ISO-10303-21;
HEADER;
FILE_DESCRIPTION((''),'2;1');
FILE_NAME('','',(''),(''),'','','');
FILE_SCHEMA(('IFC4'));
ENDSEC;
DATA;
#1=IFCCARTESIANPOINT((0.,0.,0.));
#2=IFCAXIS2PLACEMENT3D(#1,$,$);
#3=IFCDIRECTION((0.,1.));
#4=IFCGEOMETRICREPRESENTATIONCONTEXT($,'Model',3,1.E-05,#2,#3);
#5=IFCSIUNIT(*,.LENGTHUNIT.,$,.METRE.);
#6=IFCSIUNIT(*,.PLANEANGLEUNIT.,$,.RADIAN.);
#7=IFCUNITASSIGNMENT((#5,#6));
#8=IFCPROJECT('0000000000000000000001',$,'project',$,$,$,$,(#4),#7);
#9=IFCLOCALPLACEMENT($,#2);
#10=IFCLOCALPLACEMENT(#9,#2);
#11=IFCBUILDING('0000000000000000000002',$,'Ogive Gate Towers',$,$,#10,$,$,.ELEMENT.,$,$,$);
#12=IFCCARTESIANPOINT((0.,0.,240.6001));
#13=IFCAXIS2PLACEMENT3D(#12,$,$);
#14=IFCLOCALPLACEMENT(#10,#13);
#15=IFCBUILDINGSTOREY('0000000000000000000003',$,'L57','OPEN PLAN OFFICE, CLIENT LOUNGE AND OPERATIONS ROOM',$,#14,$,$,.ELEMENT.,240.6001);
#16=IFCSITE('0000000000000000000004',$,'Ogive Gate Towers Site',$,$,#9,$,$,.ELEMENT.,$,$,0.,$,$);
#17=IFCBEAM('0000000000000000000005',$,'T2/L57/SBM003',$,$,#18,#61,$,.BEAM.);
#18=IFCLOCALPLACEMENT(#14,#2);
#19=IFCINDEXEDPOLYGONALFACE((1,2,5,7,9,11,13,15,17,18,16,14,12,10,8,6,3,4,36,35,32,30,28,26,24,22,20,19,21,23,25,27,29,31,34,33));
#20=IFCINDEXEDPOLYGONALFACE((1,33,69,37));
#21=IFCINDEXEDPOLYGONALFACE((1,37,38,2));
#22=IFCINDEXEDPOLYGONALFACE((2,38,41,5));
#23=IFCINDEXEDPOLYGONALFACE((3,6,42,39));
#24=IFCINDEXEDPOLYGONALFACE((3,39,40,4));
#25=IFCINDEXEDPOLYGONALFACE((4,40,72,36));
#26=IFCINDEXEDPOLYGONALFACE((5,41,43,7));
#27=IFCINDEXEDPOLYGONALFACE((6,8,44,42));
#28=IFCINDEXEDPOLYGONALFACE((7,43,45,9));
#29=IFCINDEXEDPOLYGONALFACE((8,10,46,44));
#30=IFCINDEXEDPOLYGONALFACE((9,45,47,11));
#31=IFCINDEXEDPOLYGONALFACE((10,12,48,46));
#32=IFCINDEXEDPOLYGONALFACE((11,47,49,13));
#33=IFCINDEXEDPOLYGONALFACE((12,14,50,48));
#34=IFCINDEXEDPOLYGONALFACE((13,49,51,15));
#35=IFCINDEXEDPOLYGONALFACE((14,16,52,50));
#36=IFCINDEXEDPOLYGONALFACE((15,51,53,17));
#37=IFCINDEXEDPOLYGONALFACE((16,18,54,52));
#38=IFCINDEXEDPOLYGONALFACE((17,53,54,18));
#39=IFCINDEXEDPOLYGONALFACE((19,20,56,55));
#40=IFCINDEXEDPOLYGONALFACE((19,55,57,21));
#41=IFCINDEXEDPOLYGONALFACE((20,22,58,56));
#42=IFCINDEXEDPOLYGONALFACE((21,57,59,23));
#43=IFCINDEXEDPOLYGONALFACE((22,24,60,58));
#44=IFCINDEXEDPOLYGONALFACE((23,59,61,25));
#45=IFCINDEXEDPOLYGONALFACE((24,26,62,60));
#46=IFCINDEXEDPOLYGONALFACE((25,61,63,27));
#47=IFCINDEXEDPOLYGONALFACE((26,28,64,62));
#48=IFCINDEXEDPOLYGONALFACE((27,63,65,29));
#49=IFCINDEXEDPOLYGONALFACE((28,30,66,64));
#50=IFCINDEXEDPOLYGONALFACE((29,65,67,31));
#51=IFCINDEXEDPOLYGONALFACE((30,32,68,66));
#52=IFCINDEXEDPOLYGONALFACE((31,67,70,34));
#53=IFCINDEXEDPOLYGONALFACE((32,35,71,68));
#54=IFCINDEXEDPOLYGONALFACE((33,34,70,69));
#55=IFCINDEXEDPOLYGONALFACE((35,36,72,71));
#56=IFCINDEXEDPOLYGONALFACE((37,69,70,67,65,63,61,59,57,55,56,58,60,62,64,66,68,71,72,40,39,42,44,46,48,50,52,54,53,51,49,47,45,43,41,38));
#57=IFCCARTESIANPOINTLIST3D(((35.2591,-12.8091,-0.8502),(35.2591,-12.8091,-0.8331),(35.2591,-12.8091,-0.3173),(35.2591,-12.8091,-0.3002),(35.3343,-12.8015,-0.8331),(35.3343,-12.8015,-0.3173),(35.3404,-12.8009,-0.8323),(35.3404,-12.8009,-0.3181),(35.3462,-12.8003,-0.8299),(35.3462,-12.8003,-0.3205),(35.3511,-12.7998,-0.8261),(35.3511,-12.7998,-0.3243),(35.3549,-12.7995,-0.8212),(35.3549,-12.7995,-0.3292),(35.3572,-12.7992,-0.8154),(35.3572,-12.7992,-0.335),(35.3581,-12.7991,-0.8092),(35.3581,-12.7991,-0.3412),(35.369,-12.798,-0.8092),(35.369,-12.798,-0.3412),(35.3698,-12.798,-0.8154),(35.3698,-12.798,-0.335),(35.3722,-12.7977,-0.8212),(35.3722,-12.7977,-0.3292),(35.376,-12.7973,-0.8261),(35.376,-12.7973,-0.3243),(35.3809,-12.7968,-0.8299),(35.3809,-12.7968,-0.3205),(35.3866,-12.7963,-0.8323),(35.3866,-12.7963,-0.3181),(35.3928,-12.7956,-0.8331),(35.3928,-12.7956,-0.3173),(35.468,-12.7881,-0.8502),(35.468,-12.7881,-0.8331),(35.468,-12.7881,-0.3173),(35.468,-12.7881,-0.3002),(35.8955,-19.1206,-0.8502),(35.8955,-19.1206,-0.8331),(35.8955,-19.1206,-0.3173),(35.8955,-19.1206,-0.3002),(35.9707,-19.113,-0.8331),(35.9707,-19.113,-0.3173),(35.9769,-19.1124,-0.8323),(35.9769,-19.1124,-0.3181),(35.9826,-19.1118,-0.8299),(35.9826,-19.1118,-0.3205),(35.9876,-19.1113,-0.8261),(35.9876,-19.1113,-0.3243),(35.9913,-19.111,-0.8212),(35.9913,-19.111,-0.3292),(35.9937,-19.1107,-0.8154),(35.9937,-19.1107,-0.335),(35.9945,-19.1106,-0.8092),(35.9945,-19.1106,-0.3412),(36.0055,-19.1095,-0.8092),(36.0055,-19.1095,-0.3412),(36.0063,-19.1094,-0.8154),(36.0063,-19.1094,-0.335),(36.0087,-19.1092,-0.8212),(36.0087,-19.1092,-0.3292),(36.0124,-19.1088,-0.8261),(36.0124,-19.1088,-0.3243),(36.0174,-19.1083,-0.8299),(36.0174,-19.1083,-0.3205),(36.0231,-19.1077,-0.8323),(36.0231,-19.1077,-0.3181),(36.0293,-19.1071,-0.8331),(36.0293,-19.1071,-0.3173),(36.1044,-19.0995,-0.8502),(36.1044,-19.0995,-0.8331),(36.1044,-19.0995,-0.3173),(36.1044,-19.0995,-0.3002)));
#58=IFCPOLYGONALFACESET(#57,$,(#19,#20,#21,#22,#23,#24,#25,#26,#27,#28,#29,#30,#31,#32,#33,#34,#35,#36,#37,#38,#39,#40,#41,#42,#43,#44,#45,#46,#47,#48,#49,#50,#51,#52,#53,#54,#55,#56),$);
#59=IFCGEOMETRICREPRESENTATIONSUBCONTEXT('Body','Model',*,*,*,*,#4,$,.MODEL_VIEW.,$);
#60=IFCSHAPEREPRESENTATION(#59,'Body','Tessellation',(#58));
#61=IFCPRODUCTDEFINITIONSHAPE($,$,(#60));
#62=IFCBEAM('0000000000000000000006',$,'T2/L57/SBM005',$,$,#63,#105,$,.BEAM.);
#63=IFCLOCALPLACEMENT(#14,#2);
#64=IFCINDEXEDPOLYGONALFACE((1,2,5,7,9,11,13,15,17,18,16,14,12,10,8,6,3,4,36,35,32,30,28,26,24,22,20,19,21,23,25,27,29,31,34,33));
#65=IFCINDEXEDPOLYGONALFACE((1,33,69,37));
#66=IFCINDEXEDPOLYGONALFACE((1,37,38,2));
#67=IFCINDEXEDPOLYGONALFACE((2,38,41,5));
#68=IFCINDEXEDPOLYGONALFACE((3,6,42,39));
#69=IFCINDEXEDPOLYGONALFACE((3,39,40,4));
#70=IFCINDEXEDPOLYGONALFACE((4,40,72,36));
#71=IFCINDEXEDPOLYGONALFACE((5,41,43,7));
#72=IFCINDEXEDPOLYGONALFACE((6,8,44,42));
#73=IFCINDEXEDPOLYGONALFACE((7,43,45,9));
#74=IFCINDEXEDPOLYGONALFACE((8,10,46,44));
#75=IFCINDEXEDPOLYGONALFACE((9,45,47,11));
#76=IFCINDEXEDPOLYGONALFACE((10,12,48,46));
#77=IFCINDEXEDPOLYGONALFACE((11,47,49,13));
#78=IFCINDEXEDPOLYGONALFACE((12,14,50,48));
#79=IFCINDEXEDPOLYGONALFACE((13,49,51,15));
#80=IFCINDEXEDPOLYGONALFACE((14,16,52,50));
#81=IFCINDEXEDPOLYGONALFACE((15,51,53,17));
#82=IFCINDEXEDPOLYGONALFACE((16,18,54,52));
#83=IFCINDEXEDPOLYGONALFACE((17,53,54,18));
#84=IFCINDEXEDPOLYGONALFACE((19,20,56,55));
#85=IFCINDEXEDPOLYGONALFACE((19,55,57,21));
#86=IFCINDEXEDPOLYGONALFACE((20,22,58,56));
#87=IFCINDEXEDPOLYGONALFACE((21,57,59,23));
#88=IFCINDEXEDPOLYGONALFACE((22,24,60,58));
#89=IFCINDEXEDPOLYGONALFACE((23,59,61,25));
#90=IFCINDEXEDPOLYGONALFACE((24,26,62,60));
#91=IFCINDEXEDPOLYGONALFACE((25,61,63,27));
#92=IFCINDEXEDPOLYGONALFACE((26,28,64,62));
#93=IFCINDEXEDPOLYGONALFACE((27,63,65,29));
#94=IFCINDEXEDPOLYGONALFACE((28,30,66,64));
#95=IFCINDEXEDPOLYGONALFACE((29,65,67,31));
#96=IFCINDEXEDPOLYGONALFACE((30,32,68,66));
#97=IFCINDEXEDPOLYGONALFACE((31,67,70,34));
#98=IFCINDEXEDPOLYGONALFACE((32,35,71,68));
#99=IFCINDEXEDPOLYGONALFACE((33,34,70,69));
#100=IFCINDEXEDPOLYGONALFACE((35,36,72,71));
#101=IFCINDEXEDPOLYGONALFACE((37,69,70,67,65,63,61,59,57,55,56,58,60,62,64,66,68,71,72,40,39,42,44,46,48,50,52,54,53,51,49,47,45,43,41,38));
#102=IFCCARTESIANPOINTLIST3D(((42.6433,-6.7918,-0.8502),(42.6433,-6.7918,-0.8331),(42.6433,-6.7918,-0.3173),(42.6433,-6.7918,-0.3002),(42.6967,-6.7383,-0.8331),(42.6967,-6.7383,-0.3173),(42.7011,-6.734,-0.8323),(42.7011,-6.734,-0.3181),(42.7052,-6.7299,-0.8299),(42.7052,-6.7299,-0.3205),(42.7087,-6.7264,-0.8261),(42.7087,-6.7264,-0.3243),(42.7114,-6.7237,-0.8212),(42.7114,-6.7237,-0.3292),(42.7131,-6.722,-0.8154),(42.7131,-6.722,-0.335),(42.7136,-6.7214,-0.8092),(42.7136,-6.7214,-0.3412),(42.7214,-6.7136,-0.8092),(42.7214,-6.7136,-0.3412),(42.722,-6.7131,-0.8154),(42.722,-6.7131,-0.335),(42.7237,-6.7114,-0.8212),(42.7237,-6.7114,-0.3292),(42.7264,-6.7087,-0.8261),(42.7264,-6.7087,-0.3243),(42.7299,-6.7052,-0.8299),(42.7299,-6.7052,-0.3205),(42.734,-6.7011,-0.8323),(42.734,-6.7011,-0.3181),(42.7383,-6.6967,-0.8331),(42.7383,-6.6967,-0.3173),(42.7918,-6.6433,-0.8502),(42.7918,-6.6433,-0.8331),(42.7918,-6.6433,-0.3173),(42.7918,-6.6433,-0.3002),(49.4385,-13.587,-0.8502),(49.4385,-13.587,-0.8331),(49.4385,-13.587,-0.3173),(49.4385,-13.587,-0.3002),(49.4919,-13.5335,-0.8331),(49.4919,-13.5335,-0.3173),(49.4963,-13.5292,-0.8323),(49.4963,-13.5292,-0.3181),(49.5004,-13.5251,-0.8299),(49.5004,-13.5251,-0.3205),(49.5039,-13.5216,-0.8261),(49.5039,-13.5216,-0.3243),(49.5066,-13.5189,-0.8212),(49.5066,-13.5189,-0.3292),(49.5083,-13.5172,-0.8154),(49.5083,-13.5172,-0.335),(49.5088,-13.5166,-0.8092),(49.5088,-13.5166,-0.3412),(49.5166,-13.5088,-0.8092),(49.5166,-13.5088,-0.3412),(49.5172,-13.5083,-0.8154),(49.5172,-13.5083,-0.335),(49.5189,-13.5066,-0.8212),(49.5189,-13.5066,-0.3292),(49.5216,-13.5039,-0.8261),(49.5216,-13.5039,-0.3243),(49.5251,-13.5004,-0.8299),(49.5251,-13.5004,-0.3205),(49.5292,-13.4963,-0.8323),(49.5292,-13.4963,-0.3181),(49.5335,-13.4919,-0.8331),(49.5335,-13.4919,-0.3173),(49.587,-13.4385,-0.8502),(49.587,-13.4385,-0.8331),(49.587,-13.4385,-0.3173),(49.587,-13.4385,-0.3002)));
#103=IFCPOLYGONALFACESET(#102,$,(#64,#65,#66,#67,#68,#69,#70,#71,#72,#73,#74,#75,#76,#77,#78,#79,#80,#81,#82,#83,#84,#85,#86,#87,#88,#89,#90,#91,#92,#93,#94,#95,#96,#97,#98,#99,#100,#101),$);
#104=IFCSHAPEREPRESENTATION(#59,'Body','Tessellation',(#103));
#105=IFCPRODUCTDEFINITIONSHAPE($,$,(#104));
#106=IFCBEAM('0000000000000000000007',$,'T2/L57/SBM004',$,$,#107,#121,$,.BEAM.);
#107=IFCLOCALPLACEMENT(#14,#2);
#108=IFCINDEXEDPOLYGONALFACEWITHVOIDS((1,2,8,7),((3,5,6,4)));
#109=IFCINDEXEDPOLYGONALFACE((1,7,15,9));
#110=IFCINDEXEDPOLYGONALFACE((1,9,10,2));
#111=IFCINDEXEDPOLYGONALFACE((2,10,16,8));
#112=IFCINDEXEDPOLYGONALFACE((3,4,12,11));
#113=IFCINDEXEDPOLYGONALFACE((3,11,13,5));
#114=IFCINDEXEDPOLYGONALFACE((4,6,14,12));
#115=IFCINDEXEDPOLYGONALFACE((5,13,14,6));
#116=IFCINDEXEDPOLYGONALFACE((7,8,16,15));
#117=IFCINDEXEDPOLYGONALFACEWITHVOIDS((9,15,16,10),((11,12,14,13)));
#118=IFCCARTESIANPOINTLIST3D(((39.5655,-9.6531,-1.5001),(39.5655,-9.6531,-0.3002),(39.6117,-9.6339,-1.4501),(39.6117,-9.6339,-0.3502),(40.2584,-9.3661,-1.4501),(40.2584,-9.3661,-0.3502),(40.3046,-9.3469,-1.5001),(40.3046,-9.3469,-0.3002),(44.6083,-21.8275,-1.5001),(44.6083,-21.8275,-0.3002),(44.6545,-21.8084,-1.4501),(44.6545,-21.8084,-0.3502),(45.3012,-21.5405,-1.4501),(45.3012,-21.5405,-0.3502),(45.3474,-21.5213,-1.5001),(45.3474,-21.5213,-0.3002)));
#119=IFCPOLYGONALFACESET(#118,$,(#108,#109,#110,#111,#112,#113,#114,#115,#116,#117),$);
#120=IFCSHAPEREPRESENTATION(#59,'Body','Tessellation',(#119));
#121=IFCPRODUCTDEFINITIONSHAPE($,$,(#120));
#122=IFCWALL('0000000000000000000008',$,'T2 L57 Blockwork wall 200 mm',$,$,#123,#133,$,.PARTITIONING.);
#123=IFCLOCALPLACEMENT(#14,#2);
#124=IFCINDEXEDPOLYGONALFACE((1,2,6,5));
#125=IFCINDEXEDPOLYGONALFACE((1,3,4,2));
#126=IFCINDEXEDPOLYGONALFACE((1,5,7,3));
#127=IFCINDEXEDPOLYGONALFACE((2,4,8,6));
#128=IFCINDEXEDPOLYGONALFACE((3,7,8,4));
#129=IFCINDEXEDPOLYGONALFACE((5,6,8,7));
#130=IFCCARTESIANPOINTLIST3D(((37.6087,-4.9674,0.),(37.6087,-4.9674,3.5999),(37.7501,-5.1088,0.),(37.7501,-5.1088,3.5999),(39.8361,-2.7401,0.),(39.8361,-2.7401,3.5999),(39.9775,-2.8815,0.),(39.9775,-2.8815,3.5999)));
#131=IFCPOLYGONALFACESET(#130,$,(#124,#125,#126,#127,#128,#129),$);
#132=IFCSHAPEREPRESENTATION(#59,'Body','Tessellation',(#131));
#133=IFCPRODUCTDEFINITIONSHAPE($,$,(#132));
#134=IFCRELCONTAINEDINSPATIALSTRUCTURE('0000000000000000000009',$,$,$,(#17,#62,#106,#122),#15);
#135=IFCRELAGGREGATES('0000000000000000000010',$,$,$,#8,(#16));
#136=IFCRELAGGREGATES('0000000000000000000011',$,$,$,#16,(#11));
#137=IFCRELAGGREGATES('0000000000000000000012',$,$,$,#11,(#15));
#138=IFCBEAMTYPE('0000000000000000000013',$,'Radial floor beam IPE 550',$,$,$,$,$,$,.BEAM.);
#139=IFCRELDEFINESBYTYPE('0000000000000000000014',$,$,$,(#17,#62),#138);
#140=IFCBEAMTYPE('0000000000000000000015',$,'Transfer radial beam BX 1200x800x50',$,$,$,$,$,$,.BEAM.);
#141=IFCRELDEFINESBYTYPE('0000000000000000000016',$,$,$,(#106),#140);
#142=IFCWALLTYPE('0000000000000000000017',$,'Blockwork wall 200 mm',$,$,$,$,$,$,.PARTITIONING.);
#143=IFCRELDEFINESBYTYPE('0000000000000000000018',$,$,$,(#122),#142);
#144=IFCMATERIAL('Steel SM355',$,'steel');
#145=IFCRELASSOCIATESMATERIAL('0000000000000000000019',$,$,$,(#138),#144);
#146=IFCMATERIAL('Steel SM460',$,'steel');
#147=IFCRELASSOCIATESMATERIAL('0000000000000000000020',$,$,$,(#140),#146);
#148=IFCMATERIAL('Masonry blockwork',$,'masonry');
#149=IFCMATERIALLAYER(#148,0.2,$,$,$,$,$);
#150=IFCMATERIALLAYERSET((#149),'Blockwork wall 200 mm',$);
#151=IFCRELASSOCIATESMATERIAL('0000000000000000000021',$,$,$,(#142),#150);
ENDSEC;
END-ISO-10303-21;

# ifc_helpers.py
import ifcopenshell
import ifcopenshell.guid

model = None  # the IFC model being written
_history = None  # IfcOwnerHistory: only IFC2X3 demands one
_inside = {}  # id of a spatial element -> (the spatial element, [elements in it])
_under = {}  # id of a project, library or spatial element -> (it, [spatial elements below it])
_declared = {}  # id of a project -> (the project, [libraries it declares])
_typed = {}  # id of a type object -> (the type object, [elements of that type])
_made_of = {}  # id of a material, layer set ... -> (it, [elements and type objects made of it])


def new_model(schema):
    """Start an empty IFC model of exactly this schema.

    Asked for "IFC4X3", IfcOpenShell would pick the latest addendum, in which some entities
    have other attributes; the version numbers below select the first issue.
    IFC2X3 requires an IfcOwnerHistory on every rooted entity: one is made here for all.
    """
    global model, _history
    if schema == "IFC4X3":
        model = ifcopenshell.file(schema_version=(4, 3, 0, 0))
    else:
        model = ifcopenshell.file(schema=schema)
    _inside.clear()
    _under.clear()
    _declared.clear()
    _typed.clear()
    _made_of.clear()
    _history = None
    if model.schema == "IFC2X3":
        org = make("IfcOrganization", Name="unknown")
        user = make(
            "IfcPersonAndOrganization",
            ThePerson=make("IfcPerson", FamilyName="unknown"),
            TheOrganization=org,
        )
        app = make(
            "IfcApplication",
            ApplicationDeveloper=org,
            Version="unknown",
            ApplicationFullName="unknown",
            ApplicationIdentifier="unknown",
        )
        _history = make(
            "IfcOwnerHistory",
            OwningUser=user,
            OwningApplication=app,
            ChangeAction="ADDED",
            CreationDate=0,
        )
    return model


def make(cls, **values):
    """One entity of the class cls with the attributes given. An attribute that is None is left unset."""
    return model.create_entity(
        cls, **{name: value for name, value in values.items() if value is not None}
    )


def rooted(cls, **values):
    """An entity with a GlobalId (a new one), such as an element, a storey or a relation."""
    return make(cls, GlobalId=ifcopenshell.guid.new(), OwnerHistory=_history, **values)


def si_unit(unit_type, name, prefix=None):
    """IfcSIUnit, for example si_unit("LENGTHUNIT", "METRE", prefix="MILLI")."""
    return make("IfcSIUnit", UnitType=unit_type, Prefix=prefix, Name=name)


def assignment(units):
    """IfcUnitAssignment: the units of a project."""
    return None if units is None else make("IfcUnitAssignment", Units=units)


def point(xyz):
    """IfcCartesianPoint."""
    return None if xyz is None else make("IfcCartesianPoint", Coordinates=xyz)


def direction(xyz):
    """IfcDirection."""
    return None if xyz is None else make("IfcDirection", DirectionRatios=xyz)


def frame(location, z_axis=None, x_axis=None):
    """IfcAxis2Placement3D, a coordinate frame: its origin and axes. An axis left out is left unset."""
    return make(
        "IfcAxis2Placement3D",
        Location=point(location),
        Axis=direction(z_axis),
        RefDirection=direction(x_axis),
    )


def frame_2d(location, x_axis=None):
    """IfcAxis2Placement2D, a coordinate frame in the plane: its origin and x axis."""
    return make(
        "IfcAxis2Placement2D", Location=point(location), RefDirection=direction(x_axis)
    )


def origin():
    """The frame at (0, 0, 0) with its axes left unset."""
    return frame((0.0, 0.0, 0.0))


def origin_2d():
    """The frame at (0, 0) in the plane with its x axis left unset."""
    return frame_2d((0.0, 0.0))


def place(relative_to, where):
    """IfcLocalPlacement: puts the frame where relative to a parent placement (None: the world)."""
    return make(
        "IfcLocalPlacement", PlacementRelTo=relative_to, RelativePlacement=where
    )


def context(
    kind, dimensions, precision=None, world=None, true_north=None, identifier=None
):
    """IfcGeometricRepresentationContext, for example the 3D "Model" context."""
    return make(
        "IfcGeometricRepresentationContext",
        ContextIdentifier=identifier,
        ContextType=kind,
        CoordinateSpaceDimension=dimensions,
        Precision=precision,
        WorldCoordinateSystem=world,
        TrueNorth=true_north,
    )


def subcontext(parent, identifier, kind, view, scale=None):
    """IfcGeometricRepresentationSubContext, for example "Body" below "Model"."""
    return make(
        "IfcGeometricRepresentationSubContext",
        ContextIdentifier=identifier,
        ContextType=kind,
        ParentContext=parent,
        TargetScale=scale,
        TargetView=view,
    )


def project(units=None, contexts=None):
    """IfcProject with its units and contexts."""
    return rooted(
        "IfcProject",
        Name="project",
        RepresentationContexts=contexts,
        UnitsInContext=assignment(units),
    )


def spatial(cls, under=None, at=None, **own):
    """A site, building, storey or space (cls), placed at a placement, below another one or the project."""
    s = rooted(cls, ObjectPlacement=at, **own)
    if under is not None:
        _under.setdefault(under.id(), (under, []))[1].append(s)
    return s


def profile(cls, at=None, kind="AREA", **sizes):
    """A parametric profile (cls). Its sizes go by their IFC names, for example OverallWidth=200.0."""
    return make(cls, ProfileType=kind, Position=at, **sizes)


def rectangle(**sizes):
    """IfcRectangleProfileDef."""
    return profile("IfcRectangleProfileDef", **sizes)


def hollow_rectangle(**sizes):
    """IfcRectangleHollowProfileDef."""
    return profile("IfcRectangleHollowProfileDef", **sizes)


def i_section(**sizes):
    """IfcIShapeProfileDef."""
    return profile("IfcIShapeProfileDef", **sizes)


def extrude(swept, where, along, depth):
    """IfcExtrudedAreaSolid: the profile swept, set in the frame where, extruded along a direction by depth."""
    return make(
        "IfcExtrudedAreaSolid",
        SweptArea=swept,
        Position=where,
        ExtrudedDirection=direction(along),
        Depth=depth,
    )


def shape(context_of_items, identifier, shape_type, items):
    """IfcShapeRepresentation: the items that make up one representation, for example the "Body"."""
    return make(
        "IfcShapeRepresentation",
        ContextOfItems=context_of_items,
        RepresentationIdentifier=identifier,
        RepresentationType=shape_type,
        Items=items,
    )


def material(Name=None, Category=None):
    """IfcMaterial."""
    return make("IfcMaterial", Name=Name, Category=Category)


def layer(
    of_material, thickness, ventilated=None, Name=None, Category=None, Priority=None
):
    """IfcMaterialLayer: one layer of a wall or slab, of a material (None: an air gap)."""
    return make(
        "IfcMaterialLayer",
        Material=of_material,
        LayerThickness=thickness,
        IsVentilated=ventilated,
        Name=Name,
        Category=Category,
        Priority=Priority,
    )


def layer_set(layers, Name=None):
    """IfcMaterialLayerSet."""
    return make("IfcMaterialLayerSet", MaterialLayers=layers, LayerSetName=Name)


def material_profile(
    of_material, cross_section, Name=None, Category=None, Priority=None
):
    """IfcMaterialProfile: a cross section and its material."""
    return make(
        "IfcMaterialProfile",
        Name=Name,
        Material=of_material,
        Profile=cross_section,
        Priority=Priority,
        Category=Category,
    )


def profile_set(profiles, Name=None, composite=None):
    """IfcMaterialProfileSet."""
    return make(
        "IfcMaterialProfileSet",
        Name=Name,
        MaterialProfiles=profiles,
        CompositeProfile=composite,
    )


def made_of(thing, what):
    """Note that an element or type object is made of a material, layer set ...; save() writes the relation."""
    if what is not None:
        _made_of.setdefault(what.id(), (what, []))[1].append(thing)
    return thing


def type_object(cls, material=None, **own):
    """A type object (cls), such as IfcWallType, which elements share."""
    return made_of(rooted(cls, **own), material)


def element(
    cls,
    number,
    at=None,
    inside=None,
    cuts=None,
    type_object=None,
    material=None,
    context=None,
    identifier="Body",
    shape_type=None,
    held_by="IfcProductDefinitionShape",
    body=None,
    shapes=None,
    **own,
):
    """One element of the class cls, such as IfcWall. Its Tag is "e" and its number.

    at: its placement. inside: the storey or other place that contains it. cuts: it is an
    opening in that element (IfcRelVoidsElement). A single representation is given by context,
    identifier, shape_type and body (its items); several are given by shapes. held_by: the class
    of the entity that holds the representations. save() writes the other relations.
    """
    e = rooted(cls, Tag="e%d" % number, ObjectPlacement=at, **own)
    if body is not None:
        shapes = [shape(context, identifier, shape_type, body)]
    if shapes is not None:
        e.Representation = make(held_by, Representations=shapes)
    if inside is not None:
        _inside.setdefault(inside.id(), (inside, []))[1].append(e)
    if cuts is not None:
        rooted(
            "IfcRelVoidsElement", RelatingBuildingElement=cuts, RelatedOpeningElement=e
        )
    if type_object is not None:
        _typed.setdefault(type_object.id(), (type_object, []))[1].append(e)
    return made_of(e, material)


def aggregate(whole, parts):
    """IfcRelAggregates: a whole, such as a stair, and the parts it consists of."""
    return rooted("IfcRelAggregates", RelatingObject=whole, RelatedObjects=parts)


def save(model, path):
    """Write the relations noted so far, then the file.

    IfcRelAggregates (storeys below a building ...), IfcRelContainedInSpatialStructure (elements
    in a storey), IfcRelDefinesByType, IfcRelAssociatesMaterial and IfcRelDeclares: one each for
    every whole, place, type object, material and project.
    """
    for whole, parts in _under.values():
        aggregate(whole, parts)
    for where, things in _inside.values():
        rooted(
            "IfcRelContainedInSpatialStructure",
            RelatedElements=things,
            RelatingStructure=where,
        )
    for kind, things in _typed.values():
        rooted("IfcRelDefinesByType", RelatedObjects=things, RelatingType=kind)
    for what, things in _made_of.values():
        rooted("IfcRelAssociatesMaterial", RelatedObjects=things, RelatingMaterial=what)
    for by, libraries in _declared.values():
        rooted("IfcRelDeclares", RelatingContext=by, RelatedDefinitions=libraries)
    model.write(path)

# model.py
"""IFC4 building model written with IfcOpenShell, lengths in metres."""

from ifc_helpers import new_model, si_unit, direction, frame, frame_2d, origin, origin_2d, place, context, subcontext, project, spatial, rectangle, hollow_rectangle, i_section, extrude, material, layer, layer_set, material_profile, profile_set, type_object, element, save


model = new_model("IFC4")

# Units and contexts
model_context = context("Model", 3, precision=1e-05, world=origin(), true_north=direction((0.0, 1.0)))
body_context = subcontext(model_context, "Body", "Model", "MODEL_VIEW")
ifc_project = project(units=[si_unit("LENGTHUNIT", "METRE"), si_unit("PLANEANGLEUNIT", "RADIAN")], contexts=[model_context])

# Site, building, storey
site_placement = place(None, origin())
site = spatial("IfcSite", under=ifc_project, at=site_placement, Name="Ogive Gate Towers Site", CompositionType="ELEMENT", RefElevation=0.0)
building_placement = place(site_placement, origin())
building = spatial("IfcBuilding", under=site, at=building_placement, Name="Ogive Gate Towers", CompositionType="ELEMENT")
storey_placement = place(building_placement, frame((0.0, 0.0, 240.6001)))
storey = spatial("IfcBuildingStorey", under=building, at=storey_placement, Name="L57", Description="OPEN PLAN OFFICE, CLIENT LOUNGE AND OPERATIONS ROOM", CompositionType="ELEMENT", Elevation=240.6001)

# Beams
ifc_material_1 = material(Name="Steel SM355", Category="steel")
ifc_material_profile_1 = material_profile(ifc_material_1, i_section(OverallWidth=0.21, OverallDepth=0.55, WebThickness=0.011, FlangeThickness=0.0171, FilletRadius=0.0239, at=origin_2d()), Name="IPE 550")
ifc_profile_set_1 = profile_set([ifc_material_profile_1], Name="Steel SM355")
beam_type_1 = type_object("IfcBeamType", Name="Radial floor beam IPE 550", PredefinedType="BEAM", material=ifc_profile_set_1)
beam_1_placement = place(storey_placement, frame((35.3635, -12.7986, -0.5752), z_axis=(0.100334, -0.994954, 0.0), x_axis=(0.994954, 0.100334, 0.0)))
element("IfcBeam", 1, at=beam_1_placement, inside=storey, type_object=beam_type_1, Name="T2/L57/SBM003", PredefinedType="BEAM", context=body_context, shape_type="SweptSolid", body=[
    extrude(i_section(OverallWidth=0.21, OverallDepth=0.55, WebThickness=0.011, FlangeThickness=0.0171, FilletRadius=0.0239, at=origin_2d()), origin(), (0.0, 0.0, 1.0), 6.3435),
])
beam_2_placement = place(storey_placement, frame((42.7175, -6.7175, -0.5752), z_axis=(0.707107, -0.707107, 0.0), x_axis=(0.707107, 0.707107, 0.0)))
element("IfcBeam", 2, at=beam_2_placement, inside=storey, type_object=beam_type_1, Name="T2/L57/SBM005", PredefinedType="BEAM", context=body_context, shape_type="SweptSolid", body=[
    extrude(i_section(OverallWidth=0.21, OverallDepth=0.55, WebThickness=0.011, FlangeThickness=0.0171, FilletRadius=0.0239, at=origin_2d()), origin(), (0.0, 0.0, 1.0), 9.6099),
])
ifc_material_2 = material(Name="Steel SM460", Category="steel")
ifc_material_profile_2 = material_profile(ifc_material_2, hollow_rectangle(XDim=0.8, YDim=1.2, WallThickness=0.05, at=origin_2d()), Name="BX 1200x800x50")
ifc_profile_set_2 = profile_set([ifc_material_profile_2], Name="Steel SM460")
beam_type_2 = type_object("IfcBeamType", Name="Transfer radial beam BX 1200x800x50", PredefinedType="BEAM", material=ifc_profile_set_2)
beam_3_placement = place(storey_placement, frame((39.9351, -9.5, -0.9001), z_axis=(0.382681, -0.923881, 0.0), x_axis=(0.923881, 0.382681, 0.0)))
element("IfcBeam", 3, at=beam_3_placement, inside=storey, type_object=beam_type_2, Name="T2/L57/SBM004", PredefinedType="BEAM", context=body_context, shape_type="SweptSolid", body=[
    extrude(hollow_rectangle(XDim=0.8, YDim=1.2, WallThickness=0.05, at=origin_2d()), origin(), (0.0, 0.0, 1.0), 13.1775),
])

# Wall
ifc_material_3 = material(Name="Masonry blockwork", Category="masonry")
ifc_layer_1 = layer(ifc_material_3, 0.2)
ifc_layer_set_1 = layer_set([ifc_layer_1], Name="Blockwork wall 200 mm")
wall_type_1 = type_object("IfcWallType", Name="Blockwork wall 200 mm", PredefinedType="PARTITIONING", material=ifc_layer_set_1)
wall_1_placement = place(storey_placement, frame((37.6794, -5.0381, 0.0), z_axis=(0.0, 0.0, 1.0), x_axis=(0.707107, 0.707107, 0.0)))
element("IfcWall", 4, at=wall_1_placement, inside=storey, type_object=wall_type_1, Name="T2 L57 Blockwork wall 200 mm", PredefinedType="PARTITIONING", context=body_context, shape_type="SweptSolid", body=[
    extrude(rectangle(XDim=3.1499, YDim=0.2, at=frame_2d((1.575, 0.0))), origin(), (0.0, 0.0, 1.0), 3.5999),
])

save(model, "model.ifc")
